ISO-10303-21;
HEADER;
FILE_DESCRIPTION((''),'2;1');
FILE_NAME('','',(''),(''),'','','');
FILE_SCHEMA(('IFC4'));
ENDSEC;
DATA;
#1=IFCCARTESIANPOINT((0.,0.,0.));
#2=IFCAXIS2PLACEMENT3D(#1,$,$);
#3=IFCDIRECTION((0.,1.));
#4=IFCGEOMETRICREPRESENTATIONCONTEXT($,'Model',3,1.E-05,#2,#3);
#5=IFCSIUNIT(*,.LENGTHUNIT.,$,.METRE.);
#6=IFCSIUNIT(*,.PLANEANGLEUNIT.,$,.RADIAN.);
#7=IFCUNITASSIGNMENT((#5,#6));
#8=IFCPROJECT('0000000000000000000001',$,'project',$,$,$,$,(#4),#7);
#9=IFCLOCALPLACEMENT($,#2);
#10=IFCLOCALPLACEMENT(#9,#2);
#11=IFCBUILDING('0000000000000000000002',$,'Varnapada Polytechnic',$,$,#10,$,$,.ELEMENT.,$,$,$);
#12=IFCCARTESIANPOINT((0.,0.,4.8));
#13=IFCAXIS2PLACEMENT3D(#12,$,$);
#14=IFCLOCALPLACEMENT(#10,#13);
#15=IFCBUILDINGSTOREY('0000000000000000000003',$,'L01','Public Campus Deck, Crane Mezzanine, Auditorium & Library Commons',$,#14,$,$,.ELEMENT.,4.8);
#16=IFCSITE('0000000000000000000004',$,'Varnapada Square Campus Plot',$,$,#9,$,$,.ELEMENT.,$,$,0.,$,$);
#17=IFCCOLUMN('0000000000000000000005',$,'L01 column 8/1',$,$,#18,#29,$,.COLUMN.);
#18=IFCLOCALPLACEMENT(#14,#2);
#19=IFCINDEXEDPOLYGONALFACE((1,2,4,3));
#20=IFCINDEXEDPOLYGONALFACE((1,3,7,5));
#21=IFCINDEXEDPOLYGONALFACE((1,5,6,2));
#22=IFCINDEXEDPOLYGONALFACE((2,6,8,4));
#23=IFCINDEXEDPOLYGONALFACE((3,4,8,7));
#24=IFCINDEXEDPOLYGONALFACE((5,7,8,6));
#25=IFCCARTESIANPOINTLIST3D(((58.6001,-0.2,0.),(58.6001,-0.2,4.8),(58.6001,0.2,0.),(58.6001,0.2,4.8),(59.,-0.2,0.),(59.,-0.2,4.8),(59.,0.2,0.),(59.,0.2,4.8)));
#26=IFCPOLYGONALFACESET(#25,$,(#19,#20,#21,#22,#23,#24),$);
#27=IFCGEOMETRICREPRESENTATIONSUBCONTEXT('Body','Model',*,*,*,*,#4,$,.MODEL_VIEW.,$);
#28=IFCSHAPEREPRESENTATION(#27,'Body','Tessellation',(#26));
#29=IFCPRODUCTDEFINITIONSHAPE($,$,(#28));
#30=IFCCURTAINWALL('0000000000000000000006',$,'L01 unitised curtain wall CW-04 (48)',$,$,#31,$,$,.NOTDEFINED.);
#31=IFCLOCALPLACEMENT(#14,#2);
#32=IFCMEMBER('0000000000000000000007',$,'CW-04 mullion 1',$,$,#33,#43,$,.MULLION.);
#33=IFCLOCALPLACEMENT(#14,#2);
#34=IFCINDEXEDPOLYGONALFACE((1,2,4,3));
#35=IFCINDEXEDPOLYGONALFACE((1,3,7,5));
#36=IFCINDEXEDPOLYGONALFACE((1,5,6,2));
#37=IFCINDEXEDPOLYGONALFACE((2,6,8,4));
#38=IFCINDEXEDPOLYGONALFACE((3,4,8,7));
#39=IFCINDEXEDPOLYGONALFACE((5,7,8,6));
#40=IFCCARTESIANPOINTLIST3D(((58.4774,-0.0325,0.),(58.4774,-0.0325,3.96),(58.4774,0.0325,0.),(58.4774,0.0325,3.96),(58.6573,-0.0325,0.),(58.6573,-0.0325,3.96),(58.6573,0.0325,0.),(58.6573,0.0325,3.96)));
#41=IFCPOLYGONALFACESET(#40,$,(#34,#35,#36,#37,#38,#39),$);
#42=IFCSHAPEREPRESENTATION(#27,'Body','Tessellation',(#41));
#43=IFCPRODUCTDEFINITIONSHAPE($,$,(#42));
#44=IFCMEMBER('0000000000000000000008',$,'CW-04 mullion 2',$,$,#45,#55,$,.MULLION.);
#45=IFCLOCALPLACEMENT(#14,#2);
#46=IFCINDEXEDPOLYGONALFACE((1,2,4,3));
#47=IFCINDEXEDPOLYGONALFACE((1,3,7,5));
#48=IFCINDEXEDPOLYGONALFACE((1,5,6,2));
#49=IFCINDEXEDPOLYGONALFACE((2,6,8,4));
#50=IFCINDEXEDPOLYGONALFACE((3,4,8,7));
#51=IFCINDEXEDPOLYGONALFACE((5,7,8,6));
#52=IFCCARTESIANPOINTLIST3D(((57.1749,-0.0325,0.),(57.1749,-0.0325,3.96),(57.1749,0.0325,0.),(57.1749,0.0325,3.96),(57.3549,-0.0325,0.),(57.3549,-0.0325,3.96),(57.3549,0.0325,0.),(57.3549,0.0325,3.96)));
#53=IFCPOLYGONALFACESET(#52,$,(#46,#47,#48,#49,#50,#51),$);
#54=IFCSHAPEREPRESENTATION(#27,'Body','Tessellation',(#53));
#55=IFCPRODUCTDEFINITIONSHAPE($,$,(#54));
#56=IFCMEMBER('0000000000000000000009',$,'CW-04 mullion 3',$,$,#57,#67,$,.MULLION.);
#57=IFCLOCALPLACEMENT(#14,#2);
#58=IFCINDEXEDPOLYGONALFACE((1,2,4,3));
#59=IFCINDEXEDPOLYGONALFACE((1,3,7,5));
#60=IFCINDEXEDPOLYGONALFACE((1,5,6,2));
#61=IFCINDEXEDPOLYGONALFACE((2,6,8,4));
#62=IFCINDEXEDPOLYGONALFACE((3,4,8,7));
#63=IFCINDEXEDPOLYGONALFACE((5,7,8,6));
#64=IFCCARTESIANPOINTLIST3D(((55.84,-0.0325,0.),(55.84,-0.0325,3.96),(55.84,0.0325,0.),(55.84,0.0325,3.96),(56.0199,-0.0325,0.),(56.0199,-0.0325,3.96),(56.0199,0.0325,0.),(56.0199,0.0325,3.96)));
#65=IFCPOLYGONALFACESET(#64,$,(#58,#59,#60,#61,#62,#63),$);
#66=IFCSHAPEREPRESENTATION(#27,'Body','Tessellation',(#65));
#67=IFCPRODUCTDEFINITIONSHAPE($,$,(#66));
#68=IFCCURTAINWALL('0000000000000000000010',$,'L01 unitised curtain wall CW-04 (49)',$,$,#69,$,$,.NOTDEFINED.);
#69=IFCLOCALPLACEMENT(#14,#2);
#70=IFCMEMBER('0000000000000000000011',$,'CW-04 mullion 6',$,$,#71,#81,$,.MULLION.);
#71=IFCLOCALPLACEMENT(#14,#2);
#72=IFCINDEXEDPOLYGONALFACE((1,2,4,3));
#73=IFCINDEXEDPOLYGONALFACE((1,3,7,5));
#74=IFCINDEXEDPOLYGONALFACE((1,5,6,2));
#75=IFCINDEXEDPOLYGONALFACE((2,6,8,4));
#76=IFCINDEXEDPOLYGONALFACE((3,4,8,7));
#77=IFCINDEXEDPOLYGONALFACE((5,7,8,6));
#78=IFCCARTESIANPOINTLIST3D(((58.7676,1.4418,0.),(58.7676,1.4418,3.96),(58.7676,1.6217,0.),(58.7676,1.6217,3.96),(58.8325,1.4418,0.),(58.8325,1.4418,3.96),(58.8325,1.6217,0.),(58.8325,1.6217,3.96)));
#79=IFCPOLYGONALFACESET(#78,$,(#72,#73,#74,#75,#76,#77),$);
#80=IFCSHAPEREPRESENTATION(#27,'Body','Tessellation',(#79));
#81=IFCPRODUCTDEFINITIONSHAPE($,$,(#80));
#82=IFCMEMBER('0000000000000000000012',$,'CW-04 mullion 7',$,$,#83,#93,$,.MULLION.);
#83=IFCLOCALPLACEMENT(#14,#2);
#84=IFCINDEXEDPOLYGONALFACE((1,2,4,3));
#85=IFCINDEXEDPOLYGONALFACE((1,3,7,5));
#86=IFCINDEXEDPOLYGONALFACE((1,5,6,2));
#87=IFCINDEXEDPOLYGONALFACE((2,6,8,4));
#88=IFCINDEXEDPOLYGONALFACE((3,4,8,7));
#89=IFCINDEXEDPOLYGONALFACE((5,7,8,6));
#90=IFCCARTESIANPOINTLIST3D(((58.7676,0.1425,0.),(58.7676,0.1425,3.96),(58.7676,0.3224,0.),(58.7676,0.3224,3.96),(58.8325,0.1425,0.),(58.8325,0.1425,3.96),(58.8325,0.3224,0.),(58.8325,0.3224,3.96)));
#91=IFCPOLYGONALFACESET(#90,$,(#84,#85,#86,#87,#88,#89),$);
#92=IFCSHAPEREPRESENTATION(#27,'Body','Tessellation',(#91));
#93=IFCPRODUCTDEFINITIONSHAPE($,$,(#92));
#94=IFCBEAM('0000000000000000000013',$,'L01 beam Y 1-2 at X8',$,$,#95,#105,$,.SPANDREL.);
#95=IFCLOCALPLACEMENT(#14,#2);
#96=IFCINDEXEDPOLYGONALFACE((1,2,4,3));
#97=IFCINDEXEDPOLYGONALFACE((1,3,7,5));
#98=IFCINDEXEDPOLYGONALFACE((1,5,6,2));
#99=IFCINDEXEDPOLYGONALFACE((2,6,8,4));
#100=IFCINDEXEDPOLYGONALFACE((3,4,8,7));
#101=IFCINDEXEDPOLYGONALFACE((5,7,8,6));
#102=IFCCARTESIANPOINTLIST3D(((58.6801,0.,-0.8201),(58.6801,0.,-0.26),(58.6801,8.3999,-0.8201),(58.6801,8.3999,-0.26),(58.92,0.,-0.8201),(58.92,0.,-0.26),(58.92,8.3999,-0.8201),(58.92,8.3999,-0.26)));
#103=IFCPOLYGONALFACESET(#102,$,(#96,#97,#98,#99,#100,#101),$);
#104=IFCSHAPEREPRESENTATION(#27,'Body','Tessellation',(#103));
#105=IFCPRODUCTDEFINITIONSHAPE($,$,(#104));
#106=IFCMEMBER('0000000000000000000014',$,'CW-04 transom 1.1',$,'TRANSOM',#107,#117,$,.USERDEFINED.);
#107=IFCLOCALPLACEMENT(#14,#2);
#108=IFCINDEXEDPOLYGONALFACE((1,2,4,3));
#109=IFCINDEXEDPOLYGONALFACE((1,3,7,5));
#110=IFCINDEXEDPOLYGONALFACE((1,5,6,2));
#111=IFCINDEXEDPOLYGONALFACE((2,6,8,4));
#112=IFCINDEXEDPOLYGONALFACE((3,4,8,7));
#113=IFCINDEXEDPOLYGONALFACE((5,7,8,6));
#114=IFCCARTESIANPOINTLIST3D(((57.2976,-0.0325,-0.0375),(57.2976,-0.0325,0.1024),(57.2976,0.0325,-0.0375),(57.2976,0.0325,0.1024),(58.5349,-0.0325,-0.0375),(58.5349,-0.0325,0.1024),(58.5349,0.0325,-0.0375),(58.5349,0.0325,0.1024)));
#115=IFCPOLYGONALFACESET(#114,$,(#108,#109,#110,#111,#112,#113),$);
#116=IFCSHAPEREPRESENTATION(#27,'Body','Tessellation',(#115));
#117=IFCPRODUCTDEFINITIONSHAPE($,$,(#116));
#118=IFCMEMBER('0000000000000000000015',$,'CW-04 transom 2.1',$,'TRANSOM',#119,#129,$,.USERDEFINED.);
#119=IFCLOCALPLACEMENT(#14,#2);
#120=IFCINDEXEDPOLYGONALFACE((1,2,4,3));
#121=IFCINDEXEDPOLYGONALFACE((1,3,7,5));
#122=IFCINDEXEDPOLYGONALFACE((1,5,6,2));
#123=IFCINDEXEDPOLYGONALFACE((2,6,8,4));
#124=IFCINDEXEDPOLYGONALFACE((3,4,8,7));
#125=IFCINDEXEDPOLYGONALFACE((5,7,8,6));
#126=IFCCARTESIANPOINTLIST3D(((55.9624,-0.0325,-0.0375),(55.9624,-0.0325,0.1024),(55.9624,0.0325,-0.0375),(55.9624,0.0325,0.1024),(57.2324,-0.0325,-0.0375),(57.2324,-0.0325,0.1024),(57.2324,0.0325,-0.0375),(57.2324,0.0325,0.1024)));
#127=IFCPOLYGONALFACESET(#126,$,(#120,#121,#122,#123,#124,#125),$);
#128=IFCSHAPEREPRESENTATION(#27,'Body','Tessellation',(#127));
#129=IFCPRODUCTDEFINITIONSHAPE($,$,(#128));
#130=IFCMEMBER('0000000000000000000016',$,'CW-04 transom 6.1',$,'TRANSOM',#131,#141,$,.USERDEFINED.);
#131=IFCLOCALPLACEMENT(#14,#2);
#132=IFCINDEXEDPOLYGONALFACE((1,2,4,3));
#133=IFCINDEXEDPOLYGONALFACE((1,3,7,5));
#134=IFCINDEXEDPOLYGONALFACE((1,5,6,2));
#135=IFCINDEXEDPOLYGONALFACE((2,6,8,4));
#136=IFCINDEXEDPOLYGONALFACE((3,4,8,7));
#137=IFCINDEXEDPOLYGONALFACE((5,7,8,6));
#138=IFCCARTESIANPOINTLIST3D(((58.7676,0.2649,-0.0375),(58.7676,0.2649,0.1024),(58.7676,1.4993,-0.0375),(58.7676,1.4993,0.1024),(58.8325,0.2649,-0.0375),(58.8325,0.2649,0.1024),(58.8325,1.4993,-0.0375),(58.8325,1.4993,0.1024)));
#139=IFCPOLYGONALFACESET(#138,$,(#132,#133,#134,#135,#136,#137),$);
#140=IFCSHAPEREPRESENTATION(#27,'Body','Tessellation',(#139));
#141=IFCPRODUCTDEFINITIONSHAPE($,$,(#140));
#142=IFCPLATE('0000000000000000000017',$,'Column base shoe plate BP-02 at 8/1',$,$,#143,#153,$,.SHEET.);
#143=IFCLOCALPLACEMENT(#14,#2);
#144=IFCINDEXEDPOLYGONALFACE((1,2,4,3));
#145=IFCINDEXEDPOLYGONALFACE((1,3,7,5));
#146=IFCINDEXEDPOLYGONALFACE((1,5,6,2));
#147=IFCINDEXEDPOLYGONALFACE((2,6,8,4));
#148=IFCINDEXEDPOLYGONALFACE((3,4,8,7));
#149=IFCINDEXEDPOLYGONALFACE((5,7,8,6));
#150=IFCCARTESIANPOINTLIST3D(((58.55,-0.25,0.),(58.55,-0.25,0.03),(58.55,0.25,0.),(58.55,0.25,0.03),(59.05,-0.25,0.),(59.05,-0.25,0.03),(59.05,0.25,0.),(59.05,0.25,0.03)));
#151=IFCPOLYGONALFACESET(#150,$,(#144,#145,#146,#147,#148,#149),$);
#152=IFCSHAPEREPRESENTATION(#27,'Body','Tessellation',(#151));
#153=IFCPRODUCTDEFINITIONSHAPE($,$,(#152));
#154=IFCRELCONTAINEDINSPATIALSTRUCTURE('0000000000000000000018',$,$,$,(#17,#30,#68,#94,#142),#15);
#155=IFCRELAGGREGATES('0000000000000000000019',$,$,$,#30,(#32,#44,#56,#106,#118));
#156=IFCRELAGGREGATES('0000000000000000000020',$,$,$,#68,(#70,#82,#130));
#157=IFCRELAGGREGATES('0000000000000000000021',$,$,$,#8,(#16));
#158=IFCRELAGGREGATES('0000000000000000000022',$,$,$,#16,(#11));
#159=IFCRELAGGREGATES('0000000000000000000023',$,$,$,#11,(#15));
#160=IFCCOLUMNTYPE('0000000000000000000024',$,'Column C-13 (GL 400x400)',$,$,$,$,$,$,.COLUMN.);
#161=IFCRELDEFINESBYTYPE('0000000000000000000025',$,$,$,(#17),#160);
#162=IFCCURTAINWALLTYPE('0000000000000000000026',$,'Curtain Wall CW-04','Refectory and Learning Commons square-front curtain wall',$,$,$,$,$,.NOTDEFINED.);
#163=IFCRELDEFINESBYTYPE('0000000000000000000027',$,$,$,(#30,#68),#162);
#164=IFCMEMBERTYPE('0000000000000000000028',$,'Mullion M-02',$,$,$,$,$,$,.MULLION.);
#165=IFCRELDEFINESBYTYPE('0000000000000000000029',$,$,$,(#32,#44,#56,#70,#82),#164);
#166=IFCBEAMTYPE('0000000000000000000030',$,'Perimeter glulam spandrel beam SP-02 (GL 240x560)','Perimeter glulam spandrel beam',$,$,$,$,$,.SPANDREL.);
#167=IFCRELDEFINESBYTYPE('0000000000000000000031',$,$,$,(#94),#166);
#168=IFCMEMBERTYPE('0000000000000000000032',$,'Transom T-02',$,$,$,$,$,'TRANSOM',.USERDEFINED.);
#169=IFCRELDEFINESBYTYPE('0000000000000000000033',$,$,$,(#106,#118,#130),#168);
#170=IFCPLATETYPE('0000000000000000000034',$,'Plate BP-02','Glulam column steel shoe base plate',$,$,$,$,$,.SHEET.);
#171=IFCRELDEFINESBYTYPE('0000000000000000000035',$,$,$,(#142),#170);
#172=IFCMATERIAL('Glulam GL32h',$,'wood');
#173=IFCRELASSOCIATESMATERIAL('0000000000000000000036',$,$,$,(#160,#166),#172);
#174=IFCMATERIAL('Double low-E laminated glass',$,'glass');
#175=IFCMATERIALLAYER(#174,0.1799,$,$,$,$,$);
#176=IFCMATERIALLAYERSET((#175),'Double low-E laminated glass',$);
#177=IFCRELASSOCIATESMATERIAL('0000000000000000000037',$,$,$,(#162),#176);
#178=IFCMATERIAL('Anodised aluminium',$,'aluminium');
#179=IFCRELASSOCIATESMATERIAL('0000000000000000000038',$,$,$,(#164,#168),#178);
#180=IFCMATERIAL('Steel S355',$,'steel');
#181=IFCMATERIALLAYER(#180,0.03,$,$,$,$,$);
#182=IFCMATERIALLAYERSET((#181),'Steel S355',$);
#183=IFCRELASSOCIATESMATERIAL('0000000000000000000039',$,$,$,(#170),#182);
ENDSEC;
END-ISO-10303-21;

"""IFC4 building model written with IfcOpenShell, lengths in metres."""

from ifc_helpers import new_model, si_unit, direction, frame, origin, origin_2d, place, context, subcontext, project, spatial, rectangle, extrude, material, layer, layer_set, material_profile, profile_set, type_object, element, aggregate, save


model = new_model("IFC4")

# Units and contexts
model_context = context("Model", 3, precision=1e-05, world=origin(), true_north=direction((0.0, 1.0)))
body_context = subcontext(model_context, "Body", "Model", "MODEL_VIEW")
ifc_project = project(units=[si_unit("LENGTHUNIT", "METRE"), si_unit("PLANEANGLEUNIT", "RADIAN")], contexts=[model_context])

# Site, building, storey
site_placement = place(None, origin())
site = spatial("IfcSite", under=ifc_project, at=site_placement, Name="Varnapada Square Campus Plot", CompositionType="ELEMENT", RefElevation=0.0)
building_placement = place(site_placement, origin())
building = spatial("IfcBuilding", under=site, at=building_placement, Name="Varnapada Polytechnic", CompositionType="ELEMENT")
storey_placement = place(building_placement, frame((0.0, 0.0, 4.8)))
storey = spatial("IfcBuildingStorey", under=building, at=storey_placement, Name="L01", Description="Public Campus Deck, Crane Mezzanine, Auditorium & Library Commons", CompositionType="ELEMENT", Elevation=4.8)

# Column
ifc_material_1 = material(Name="Glulam GL32h", Category="wood")
ifc_material_profile_1 = material_profile(ifc_material_1, rectangle(XDim=0.3999, YDim=0.3999, at=origin_2d()), Name="GL 400x400")
ifc_profile_set_1 = profile_set([ifc_material_profile_1], Name="Glulam GL32h")
column_type = type_object("IfcColumnType", Name="Column C-13 (GL 400x400)", PredefinedType="COLUMN", material=ifc_profile_set_1)
column_placement = place(storey_placement, frame((58.8, 0.0, 0.0), z_axis=(0.0, 0.0, 1.0), x_axis=(1.0, 0.0, 0.0)))
element("IfcColumn", 1, at=column_placement, inside=storey, type_object=column_type, Name="L01 column 8/1", PredefinedType="COLUMN", context=body_context, shape_type="SweptSolid", body=[
    extrude(rectangle(XDim=0.3999, YDim=0.3999, at=origin_2d()), origin(), (0.0, 0.0, 1.0), 4.8),
])

# Curtain walls, members
ifc_material_2 = material(Name="Double low-E laminated glass", Category="glass")
ifc_layer_1 = layer(ifc_material_2, 0.1799)
ifc_layer_set_1 = layer_set([ifc_layer_1], Name="Double low-E laminated glass")
curtain_wall_type = type_object("IfcCurtainWallType", Name="Curtain Wall CW-04", Description="Refectory and Learning Commons square-front curtain wall", PredefinedType="NOTDEFINED", material=ifc_layer_set_1)
curtain_wall_1_placement = place(storey_placement, origin())
curtain_wall_1 = element("IfcCurtainWall", 2, at=curtain_wall_1_placement, inside=storey, type_object=curtain_wall_type, Name="L01 unitised curtain wall CW-04 (48)", PredefinedType="NOTDEFINED")
ifc_material_3 = material(Name="Anodised aluminium", Category="aluminium")
ifc_material_profile_2 = material_profile(ifc_material_3, rectangle(XDim=0.0649, YDim=0.1799, at=origin_2d()), Name="ALU M65x180")
ifc_profile_set_2 = profile_set([ifc_material_profile_2], Name="Anodised aluminium")
member_type_1 = type_object("IfcMemberType", Name="Mullion M-02", PredefinedType="MULLION", material=ifc_profile_set_2)
member_1_placement = place(storey_placement, frame((58.5674, 0.0, 0.0), z_axis=(0.0, 0.0, 1.0), x_axis=(0.0, -1.0, 0.0)))
member_1 = element("IfcMember", 3, at=member_1_placement, type_object=member_type_1, Name="CW-04 mullion 1", PredefinedType="MULLION", context=body_context, shape_type="SweptSolid", body=[
    extrude(rectangle(XDim=0.0649, YDim=0.1799, at=origin_2d()), origin(), (0.0, 0.0, 1.0), 3.96),
])
member_2_placement = place(storey_placement, frame((57.2649, 0.0, 0.0), z_axis=(0.0, 0.0, 1.0), x_axis=(0.0, -1.0, 0.0)))
member_2 = element("IfcMember", 4, at=member_2_placement, type_object=member_type_1, Name="CW-04 mullion 2", PredefinedType="MULLION", context=body_context, shape_type="SweptSolid", body=[
    extrude(rectangle(XDim=0.0649, YDim=0.1799, at=origin_2d()), origin(), (0.0, 0.0, 1.0), 3.96),
])
member_3_placement = place(storey_placement, frame((55.9299, 0.0, 0.0), z_axis=(0.0, 0.0, 1.0), x_axis=(0.0, -1.0, 0.0)))
member_3 = element("IfcMember", 5, at=member_3_placement, type_object=member_type_1, Name="CW-04 mullion 3", PredefinedType="MULLION", context=body_context, shape_type="SweptSolid", body=[
    extrude(rectangle(XDim=0.0649, YDim=0.1799, at=origin_2d()), origin(), (0.0, 0.0, 1.0), 3.96),
])
curtain_wall_2_placement = place(storey_placement, origin())
curtain_wall_2 = element("IfcCurtainWall", 6, at=curtain_wall_2_placement, inside=storey, type_object=curtain_wall_type, Name="L01 unitised curtain wall CW-04 (49)", PredefinedType="NOTDEFINED")
member_4_placement = place(storey_placement, frame((58.8, 1.5317, 0.0), z_axis=(0.0, 0.0, 1.0), x_axis=(1.0, 0.0, 0.0)))
member_4 = element("IfcMember", 7, at=member_4_placement, type_object=member_type_1, Name="CW-04 mullion 6", PredefinedType="MULLION", context=body_context, shape_type="SweptSolid", body=[
    extrude(rectangle(XDim=0.0649, YDim=0.1799, at=origin_2d()), origin(), (0.0, 0.0, 1.0), 3.96),
])
member_5_placement = place(storey_placement, frame((58.8, 0.2324, 0.0), z_axis=(0.0, 0.0, 1.0), x_axis=(1.0, 0.0, 0.0)))
member_5 = element("IfcMember", 8, at=member_5_placement, type_object=member_type_1, Name="CW-04 mullion 7", PredefinedType="MULLION", context=body_context, shape_type="SweptSolid", body=[
    extrude(rectangle(XDim=0.0649, YDim=0.1799, at=origin_2d()), origin(), (0.0, 0.0, 1.0), 3.96),
])

# Beam
ifc_material_profile_3 = material_profile(ifc_material_1, rectangle(XDim=0.24, YDim=0.5601, at=origin_2d()), Name="GL 240x560")
ifc_profile_set_3 = profile_set([ifc_material_profile_3], Name="Glulam GL32h")
beam_type = type_object("IfcBeamType", Name="Perimeter glulam spandrel beam SP-02 (GL 240x560)", Description="Perimeter glulam spandrel beam", PredefinedType="SPANDREL", material=ifc_profile_set_3)
beam_placement = place(storey_placement, frame((58.8, 0.0, -0.54), z_axis=(0.0, 1.0, 0.0), x_axis=(-1.0, 0.0, 0.0)))
element("IfcBeam", 9, at=beam_placement, inside=storey, type_object=beam_type, Name="L01 beam Y 1-2 at X8", PredefinedType="SPANDREL", context=body_context, shape_type="SweptSolid", body=[
    extrude(rectangle(XDim=0.24, YDim=0.5601, at=origin_2d()), origin(), (0.0, 0.0, 1.0), 8.3999),
])

# Members
ifc_material_profile_4 = material_profile(ifc_material_3, rectangle(XDim=0.0649, YDim=0.1399, at=origin_2d()), Name="ALU T65x140")
ifc_profile_set_4 = profile_set([ifc_material_profile_4], Name="Anodised aluminium")
member_type_2 = type_object("IfcMemberType", Name="Transom T-02", ElementType="TRANSOM", PredefinedType="USERDEFINED", material=ifc_profile_set_4)
member_6_placement = place(storey_placement, frame((58.5349, 0.0, 0.0325), z_axis=(-1.0, 0.0, 0.0), x_axis=(0.0, -1.0, 0.0)))
member_6 = element("IfcMember", 10, at=member_6_placement, type_object=member_type_2, Name="CW-04 transom 1.1", ObjectType="TRANSOM", PredefinedType="USERDEFINED", context=body_context, shape_type="SweptSolid", body=[
    extrude(rectangle(XDim=0.0649, YDim=0.1399, at=origin_2d()), origin(), (0.0, 0.0, 1.0), 1.2373),
])
member_7_placement = place(storey_placement, frame((57.2324, 0.0, 0.0325), z_axis=(-1.0, 0.0, 0.0), x_axis=(0.0, -1.0, 0.0)))
member_7 = element("IfcMember", 11, at=member_7_placement, type_object=member_type_2, Name="CW-04 transom 2.1", ObjectType="TRANSOM", PredefinedType="USERDEFINED", context=body_context, shape_type="SweptSolid", body=[
    extrude(rectangle(XDim=0.0649, YDim=0.1399, at=origin_2d()), origin(), (0.0, 0.0, 1.0), 1.27),
])
aggregate(curtain_wall_1, [member_1, member_2, member_3, member_6, member_7])
member_8_placement = place(storey_placement, frame((58.8, 1.4993, 0.0325), z_axis=(0.0, -1.0, 0.0), x_axis=(1.0, 0.0, 0.0)))
member_8 = element("IfcMember", 12, at=member_8_placement, type_object=member_type_2, Name="CW-04 transom 6.1", ObjectType="TRANSOM", PredefinedType="USERDEFINED", context=body_context, shape_type="SweptSolid", body=[
    extrude(rectangle(XDim=0.0649, YDim=0.1399, at=origin_2d()), origin(), (0.0, 0.0, 1.0), 1.2344),
])
aggregate(curtain_wall_2, [member_4, member_5, member_8])

# Plate
ifc_material_4 = material(Name="Steel S355", Category="steel")
ifc_layer_2 = layer(ifc_material_4, 0.03)
ifc_layer_set_2 = layer_set([ifc_layer_2], Name="Steel S355")
plate_type = type_object("IfcPlateType", Name="Plate BP-02", Description="Glulam column steel shoe base plate", PredefinedType="SHEET", material=ifc_layer_set_2)
plate_placement = place(storey_placement, frame((58.8, 0.0, 0.0), z_axis=(0.0, 0.0, 1.0), x_axis=(1.0, 0.0, 0.0)))
element("IfcPlate", 13, at=plate_placement, inside=storey, type_object=plate_type, Name="Column base shoe plate BP-02 at 8/1", PredefinedType="SHEET", context=body_context, shape_type="SweptSolid", body=[
    extrude(rectangle(XDim=0.5, YDim=0.5, at=origin_2d()), origin(), (0.0, 0.0, 1.0), 0.03),
])

save(model, "model.ifc")
